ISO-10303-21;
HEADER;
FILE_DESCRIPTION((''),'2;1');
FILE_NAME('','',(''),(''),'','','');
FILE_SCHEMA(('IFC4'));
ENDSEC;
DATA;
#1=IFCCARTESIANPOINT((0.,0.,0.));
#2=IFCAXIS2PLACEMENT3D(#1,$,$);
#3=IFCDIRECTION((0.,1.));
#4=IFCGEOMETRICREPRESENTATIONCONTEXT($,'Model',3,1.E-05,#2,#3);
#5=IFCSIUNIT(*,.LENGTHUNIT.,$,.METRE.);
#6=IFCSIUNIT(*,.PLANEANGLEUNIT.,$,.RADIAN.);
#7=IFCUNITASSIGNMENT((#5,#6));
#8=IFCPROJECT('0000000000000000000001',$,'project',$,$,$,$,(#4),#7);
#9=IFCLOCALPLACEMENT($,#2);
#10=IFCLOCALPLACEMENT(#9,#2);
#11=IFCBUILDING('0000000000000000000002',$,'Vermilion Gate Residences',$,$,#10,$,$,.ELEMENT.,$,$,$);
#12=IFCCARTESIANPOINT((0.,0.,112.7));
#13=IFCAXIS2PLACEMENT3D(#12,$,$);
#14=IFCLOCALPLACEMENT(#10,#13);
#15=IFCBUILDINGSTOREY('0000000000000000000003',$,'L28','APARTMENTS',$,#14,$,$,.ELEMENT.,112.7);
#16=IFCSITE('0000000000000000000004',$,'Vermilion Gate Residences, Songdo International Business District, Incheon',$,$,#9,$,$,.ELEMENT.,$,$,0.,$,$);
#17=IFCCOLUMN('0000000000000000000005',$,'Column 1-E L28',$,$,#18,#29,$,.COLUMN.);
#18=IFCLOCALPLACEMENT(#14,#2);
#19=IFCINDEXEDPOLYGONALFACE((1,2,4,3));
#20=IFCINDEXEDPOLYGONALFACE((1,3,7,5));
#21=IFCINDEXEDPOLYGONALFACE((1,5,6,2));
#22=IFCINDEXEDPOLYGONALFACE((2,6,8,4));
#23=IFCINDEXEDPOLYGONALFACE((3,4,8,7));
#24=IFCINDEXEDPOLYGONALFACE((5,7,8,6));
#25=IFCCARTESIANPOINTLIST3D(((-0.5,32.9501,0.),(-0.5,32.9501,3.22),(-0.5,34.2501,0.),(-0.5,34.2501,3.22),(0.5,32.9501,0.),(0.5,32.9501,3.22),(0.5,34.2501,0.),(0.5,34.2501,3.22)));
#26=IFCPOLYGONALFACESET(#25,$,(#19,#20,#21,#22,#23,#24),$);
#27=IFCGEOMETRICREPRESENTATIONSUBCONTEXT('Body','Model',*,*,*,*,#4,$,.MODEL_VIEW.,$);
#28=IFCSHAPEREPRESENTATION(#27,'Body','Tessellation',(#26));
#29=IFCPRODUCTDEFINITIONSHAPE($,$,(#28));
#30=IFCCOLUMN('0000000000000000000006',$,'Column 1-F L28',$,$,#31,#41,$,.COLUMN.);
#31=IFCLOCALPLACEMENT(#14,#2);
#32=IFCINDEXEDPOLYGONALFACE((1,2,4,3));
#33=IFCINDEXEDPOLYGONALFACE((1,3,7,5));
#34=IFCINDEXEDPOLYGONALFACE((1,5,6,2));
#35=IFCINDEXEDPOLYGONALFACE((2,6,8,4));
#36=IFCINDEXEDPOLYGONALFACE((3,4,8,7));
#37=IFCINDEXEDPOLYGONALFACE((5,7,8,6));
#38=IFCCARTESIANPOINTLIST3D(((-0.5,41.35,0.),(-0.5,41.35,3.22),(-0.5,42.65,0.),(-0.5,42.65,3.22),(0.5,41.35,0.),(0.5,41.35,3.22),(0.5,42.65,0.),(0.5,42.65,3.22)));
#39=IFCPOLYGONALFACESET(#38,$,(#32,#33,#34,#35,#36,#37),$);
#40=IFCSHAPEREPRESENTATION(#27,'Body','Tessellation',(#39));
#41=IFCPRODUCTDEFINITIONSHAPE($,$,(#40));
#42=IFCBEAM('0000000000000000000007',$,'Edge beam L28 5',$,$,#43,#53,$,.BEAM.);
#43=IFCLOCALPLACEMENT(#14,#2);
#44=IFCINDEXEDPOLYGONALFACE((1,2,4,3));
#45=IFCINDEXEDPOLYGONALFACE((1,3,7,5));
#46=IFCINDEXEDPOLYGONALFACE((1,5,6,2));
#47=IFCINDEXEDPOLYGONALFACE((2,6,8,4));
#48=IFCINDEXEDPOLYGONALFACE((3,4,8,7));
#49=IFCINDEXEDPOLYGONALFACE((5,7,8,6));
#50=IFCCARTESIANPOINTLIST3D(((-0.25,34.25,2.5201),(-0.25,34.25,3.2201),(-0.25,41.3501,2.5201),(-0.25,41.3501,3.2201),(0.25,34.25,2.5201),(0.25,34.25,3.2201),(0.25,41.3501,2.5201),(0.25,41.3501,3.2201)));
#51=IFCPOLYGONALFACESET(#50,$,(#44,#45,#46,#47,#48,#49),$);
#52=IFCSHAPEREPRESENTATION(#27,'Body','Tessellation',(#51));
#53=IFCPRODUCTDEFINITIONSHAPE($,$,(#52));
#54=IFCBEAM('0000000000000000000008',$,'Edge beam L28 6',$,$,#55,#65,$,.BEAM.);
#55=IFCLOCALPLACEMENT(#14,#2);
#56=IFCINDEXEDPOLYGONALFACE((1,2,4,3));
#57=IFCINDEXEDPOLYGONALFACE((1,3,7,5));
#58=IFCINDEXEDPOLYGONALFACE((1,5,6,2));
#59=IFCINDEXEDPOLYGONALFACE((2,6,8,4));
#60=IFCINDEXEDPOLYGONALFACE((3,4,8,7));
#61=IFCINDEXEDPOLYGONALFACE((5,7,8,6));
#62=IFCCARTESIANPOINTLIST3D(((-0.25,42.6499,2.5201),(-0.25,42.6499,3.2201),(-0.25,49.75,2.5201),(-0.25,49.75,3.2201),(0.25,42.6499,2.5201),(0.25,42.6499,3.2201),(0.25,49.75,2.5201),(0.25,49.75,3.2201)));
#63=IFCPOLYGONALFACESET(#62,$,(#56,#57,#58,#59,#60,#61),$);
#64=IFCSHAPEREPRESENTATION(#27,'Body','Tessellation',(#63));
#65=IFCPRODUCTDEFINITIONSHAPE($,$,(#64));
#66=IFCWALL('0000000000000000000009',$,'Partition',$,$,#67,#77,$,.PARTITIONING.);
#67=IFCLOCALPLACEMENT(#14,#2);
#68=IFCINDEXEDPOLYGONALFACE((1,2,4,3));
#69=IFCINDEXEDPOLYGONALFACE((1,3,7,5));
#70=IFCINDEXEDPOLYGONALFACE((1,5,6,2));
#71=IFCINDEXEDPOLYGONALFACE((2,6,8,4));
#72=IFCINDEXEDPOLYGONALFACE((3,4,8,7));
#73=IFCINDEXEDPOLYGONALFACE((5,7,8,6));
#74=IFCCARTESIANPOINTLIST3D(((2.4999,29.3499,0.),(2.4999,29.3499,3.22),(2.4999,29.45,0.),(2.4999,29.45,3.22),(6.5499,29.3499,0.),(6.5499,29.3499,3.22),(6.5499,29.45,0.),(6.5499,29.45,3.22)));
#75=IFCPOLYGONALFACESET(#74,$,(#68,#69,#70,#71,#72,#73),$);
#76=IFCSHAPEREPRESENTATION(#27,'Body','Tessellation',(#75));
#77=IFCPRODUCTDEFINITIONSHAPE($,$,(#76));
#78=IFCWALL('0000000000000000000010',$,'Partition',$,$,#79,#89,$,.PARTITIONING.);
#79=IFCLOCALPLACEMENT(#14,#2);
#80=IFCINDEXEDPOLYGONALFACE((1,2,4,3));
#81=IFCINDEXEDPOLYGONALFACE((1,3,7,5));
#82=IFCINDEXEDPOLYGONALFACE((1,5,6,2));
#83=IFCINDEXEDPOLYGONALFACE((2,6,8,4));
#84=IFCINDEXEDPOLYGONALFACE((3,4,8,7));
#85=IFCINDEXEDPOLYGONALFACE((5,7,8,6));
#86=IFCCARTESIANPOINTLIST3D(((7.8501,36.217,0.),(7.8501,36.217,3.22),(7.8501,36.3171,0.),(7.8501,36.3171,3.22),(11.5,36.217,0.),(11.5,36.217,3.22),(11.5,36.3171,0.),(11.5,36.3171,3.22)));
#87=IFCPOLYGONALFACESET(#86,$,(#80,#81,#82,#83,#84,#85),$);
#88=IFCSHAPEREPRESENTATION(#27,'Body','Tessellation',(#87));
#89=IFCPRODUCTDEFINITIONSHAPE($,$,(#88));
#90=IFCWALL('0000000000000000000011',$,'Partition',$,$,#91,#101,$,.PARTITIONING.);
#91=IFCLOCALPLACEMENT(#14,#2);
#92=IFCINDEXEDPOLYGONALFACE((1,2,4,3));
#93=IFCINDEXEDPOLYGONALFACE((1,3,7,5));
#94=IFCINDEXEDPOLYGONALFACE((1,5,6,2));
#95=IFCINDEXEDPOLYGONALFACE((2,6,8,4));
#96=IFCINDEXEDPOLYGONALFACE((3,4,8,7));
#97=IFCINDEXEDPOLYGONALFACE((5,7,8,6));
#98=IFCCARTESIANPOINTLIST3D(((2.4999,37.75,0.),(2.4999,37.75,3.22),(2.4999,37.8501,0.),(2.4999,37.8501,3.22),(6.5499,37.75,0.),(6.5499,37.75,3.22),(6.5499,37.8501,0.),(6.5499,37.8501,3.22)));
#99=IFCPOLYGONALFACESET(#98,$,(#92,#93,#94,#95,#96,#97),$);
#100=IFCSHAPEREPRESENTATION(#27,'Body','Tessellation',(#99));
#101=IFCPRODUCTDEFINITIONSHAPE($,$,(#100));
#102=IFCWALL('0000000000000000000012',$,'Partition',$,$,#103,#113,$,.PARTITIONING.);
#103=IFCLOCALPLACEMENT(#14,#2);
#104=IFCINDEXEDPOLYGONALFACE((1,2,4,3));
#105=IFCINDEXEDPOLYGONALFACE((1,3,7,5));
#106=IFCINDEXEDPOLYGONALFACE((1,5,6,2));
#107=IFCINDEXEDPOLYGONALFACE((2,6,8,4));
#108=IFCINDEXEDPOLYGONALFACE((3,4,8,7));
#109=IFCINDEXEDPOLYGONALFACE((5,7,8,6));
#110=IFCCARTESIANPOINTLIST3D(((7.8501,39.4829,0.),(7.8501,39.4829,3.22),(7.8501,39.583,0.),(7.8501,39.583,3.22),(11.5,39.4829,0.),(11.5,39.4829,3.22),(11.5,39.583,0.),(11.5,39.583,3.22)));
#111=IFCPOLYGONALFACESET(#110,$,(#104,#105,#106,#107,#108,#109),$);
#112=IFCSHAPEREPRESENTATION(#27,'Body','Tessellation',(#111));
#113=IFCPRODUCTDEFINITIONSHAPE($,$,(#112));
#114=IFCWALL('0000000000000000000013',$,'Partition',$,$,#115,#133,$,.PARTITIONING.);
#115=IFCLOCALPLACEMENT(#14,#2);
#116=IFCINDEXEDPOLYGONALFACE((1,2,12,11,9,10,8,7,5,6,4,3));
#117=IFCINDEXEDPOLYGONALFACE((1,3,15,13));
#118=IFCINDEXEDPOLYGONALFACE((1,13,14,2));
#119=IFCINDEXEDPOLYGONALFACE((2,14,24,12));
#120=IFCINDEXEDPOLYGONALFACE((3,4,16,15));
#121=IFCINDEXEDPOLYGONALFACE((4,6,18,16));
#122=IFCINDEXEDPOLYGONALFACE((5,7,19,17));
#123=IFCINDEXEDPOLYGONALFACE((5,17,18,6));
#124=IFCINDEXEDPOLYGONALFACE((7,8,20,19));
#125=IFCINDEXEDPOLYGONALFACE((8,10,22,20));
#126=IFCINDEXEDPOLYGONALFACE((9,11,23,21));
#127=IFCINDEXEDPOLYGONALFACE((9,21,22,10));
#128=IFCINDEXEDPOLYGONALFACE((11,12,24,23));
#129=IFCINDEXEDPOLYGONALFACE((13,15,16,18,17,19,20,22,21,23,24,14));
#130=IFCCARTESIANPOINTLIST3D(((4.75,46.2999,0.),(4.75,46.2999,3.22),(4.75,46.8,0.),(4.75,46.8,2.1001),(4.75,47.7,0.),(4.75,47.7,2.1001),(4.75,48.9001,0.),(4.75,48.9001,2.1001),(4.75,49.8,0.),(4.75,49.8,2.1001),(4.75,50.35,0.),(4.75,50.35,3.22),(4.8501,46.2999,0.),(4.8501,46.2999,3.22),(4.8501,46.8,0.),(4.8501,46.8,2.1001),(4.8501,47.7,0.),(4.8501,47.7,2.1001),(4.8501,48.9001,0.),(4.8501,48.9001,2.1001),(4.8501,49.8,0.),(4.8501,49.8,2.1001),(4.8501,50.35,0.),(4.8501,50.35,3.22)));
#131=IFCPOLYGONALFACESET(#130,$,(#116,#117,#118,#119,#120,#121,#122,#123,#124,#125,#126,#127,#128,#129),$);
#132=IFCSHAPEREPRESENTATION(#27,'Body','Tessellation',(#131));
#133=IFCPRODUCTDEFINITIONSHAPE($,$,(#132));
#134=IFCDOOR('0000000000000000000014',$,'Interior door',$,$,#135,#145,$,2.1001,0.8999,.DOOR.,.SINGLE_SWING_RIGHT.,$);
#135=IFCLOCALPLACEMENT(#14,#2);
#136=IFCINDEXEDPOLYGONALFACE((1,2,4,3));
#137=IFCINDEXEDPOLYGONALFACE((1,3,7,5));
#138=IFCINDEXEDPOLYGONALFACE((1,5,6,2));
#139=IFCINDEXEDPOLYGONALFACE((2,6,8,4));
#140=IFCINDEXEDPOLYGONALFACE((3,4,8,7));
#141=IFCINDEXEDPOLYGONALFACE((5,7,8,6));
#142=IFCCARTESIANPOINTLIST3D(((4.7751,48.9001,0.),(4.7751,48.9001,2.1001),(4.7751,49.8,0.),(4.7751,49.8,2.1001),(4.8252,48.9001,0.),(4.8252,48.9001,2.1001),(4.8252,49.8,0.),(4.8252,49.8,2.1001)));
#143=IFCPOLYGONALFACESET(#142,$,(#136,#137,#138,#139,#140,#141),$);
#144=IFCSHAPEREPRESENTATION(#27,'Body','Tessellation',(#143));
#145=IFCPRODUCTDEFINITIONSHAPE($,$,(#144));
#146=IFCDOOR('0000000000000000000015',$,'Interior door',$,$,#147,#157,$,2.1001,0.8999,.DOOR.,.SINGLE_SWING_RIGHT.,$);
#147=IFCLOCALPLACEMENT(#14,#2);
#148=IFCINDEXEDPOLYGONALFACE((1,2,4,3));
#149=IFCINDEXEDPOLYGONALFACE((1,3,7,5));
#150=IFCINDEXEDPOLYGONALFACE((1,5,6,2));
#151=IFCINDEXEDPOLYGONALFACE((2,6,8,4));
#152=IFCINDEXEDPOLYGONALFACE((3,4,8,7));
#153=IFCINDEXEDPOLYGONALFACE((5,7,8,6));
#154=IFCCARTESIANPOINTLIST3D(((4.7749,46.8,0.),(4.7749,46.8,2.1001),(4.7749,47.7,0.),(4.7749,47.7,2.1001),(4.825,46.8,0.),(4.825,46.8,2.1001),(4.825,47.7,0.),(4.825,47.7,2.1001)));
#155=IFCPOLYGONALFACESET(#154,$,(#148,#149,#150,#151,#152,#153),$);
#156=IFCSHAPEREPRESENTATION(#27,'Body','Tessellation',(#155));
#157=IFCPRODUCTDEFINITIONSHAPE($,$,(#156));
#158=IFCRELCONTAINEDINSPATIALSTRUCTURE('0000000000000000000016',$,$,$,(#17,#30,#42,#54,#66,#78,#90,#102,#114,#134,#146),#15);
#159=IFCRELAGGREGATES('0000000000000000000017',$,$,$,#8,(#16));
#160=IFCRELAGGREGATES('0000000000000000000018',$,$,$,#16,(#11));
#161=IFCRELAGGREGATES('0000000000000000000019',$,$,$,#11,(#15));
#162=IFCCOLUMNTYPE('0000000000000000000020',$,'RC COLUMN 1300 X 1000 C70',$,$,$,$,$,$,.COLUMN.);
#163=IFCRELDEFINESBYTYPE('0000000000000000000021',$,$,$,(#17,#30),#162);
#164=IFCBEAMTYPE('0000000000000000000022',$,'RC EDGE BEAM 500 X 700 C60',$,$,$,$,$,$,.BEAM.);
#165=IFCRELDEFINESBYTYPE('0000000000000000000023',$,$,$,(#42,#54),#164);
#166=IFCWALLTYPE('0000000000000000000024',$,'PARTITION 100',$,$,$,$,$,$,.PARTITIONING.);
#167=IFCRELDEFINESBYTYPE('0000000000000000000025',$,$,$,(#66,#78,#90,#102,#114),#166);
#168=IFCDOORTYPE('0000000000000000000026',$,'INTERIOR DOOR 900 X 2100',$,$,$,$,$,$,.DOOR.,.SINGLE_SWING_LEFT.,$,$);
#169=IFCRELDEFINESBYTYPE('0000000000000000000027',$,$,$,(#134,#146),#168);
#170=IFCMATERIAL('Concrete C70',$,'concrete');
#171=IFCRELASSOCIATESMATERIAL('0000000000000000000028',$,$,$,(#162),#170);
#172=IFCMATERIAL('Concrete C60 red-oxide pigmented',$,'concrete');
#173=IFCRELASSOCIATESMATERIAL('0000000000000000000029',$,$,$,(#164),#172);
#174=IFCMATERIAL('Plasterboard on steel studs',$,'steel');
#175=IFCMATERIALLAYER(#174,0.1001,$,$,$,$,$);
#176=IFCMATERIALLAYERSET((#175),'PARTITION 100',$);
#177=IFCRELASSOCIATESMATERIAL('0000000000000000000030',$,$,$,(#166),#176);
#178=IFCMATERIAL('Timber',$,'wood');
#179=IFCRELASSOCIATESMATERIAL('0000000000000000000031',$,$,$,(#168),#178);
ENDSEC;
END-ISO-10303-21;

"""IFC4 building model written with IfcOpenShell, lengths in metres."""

from ifc_helpers import new_model, si_unit, direction, frame, frame_2d, origin, origin_2d, place, context, subcontext, project, spatial, rectangle, extrude, material, layer, layer_set, material_profile, profile_set, type_object, element, fill, save


model = new_model("IFC4")

# Units and contexts
model_context = context("Model", 3, precision=1e-05, world=origin(), true_north=direction((0.0, 1.0)))
body_context = subcontext(model_context, "Body", "Model", "MODEL_VIEW")
ifc_project = project(units=[si_unit("LENGTHUNIT", "METRE"), si_unit("PLANEANGLEUNIT", "RADIAN")], contexts=[model_context])

# Site, building, storey
site_placement = place(None, origin())
site = spatial("IfcSite", under=ifc_project, at=site_placement, Name="Vermilion Gate Residences, Songdo International Business District, Incheon", CompositionType="ELEMENT", RefElevation=0.0)
building_placement = place(site_placement, origin())
building = spatial("IfcBuilding", under=site, at=building_placement, Name="Vermilion Gate Residences", CompositionType="ELEMENT")
storey_placement = place(building_placement, frame((0.0, 0.0, 112.7)))
storey = spatial("IfcBuildingStorey", under=building, at=storey_placement, Name="L28", Description="APARTMENTS", CompositionType="ELEMENT", Elevation=112.7)

# Columns
ifc_material_1 = material(Name="Concrete C70", Category="concrete")
ifc_material_profile_1 = material_profile(ifc_material_1, rectangle(XDim=1.3, YDim=1.0, at=origin_2d()), Name="RC-1300x1000")
ifc_profile_set_1 = profile_set([ifc_material_profile_1], Name="Concrete C70")
column_type = type_object("IfcColumnType", Name="RC COLUMN 1300 X 1000 C70", PredefinedType="COLUMN", material=ifc_profile_set_1)
for number, where, z_axis, x_axis, name in (
    (1, (0.0, 33.6001, 0.0), (0.0, 0.0, 1.0), (0.0, 1.0, 0.0), "Column 1-E L28"),
    (2, (0.0, 42.0, 0.0), (0.0, 0.0, 1.0), (0.0, 1.0, 0.0), "Column 1-F L28"),
):
    element("IfcColumn", number, at=place(storey_placement, frame(where, z_axis=z_axis, x_axis=x_axis)), inside=storey, type_object=column_type, Name=name, PredefinedType="COLUMN", context=body_context, shape_type="SweptSolid", body=[
        extrude(rectangle(XDim=1.3, YDim=1.0, at=origin_2d()), origin(), (0.0, 0.0, 1.0), 3.22),
    ])

# Beams
ifc_material_2 = material(Name="Concrete C60 red-oxide pigmented", Category="concrete")
ifc_material_profile_2 = material_profile(ifc_material_2, rectangle(XDim=0.5, YDim=0.7, at=origin_2d()), Name="RC-500x700")
ifc_profile_set_2 = profile_set([ifc_material_profile_2], Name="Concrete C60 red-oxide pigmented")
beam_type = type_object("IfcBeamType", Name="RC EDGE BEAM 500 X 700 C60", PredefinedType="BEAM", material=ifc_profile_set_2)
for number, where, z_axis, x_axis, name in (
    (3, (0.0, 34.25, 2.8701), (0.0, 1.0, 0.0), (-1.0, 0.0, 0.0), "Edge beam L28 5"),
    (4, (0.0, 42.6499, 2.8701), (0.0, 1.0, 0.0), (-1.0, 0.0, 0.0), "Edge beam L28 6"),
):
    element("IfcBeam", number, at=place(storey_placement, frame(where, z_axis=z_axis, x_axis=x_axis)), inside=storey, type_object=beam_type, Name=name, PredefinedType="BEAM", context=body_context, shape_type="SweptSolid", body=[
        extrude(rectangle(XDim=0.5, YDim=0.7, at=origin_2d()), origin(), (0.0, 0.0, 1.0), 7.1001),
    ])

# Walls
ifc_material_3 = material(Name="Plasterboard on steel studs", Category="steel")
ifc_layer_1 = layer(ifc_material_3, 0.1001)
ifc_layer_set_1 = layer_set([ifc_layer_1], Name="PARTITION 100")
wall_type_1 = type_object("IfcWallType", Name="PARTITION 100", PredefinedType="PARTITIONING", material=ifc_layer_set_1)
wall_1_placement = place(storey_placement, frame((2.5, 29.3999, 0.0), z_axis=(0.0, 0.0, 1.0), x_axis=(1.0, 0.0, 0.0)))
element("IfcWall", 5, at=wall_1_placement, inside=storey, type_object=wall_type_1, Name="Partition", PredefinedType="PARTITIONING", context=body_context, shape_type="SweptSolid", body=[
    extrude(rectangle(XDim=4.05, YDim=0.1001, at=frame_2d((2.0249, 0.0))), origin(), (0.0, 0.0, 1.0), 3.22),
])
wall_2_placement = place(storey_placement, frame((7.8501, 36.2671, 0.0), z_axis=(0.0, 0.0, 1.0), x_axis=(1.0, 0.0, 0.0)))
element("IfcWall", 6, at=wall_2_placement, inside=storey, type_object=wall_type_1, Name="Partition", PredefinedType="PARTITIONING", context=body_context, shape_type="SweptSolid", body=[
    extrude(rectangle(XDim=3.6499, YDim=0.1001, at=frame_2d((1.825, 0.0))), origin(), (0.0, 0.0, 1.0), 3.22),
])
wall_3_placement = place(storey_placement, frame((2.5, 37.8, 0.0), z_axis=(0.0, 0.0, 1.0), x_axis=(1.0, 0.0, 0.0)))
element("IfcWall", 7, at=wall_3_placement, inside=storey, type_object=wall_type_1, Name="Partition", PredefinedType="PARTITIONING", context=body_context, shape_type="SweptSolid", body=[
    extrude(rectangle(XDim=4.05, YDim=0.1001, at=frame_2d((2.0249, 0.0))), origin(), (0.0, 0.0, 1.0), 3.22),
])
wall_4_placement = place(storey_placement, frame((7.8501, 39.533, 0.0), z_axis=(0.0, 0.0, 1.0), x_axis=(1.0, 0.0, 0.0)))
element("IfcWall", 8, at=wall_4_placement, inside=storey, type_object=wall_type_1, Name="Partition", PredefinedType="PARTITIONING", context=body_context, shape_type="SweptSolid", body=[
    extrude(rectangle(XDim=3.6499, YDim=0.1001, at=frame_2d((1.825, 0.0))), origin(), (0.0, 0.0, 1.0), 3.22),
])

# Wall, openings, doors
wall_5_placement = place(storey_placement, frame((4.8, 46.3, 0.0), z_axis=(0.0, 0.0, 1.0), x_axis=(0.0, 1.0, 0.0)))
wall_5 = element("IfcWall", 9, at=wall_5_placement, inside=storey, type_object=wall_type_1, Name="Partition", PredefinedType="PARTITIONING", context=body_context, shape_type="SweptSolid", body=[
    extrude(rectangle(XDim=4.05, YDim=0.1001, at=frame_2d((2.0249, 0.0))), origin(), (0.0, 0.0, 1.0), 3.22),
])
opening_1_placement = place(wall_5_placement, frame((2.6001, 0.0, 0.0)))
opening_1 = element("IfcOpeningElement", 10, at=opening_1_placement, cuts=wall_5, PredefinedType="OPENING", context=body_context, shape_type="SweptSolid", body=[
    extrude(rectangle(XDim=0.8999, YDim=2.1001, at=frame_2d((0.45, 1.05))), frame((0.0, 0.0601, 0.0), z_axis=(0.0, -1.0, 0.0), x_axis=(1.0, 0.0, 0.0)), (0.0, 0.0, 1.0), 0.1201),
])
opening_2_placement = place(wall_5_placement, frame((0.5, 0.0, 0.0)))
opening_2 = element("IfcOpeningElement", 11, at=opening_2_placement, cuts=wall_5, PredefinedType="OPENING", context=body_context, shape_type="SweptSolid", body=[
    extrude(rectangle(XDim=0.8999, YDim=2.1001, at=frame_2d((0.45, 1.05))), frame((0.0, 0.0601, 0.0), z_axis=(0.0, -1.0, 0.0), x_axis=(1.0, 0.0, 0.0)), (0.0, 0.0, 1.0), 0.1201),
])
ifc_material_4 = material(Name="Timber", Category="wood")
door_type_1 = type_object("IfcDoorType", Name="INTERIOR DOOR 900 X 2100", OperationType="SINGLE_SWING_LEFT", PredefinedType="DOOR", material=ifc_material_4)
door_1_placement = place(opening_1_placement, origin())
door_1 = element("IfcDoor", 12, at=door_1_placement, inside=storey, type_object=door_type_1, Name="Interior door", OperationType="SINGLE_SWING_RIGHT", OverallHeight=2.1001, OverallWidth=0.8999, PredefinedType="DOOR", context=body_context, shape_type="SweptSolid", body=[
    extrude(rectangle(XDim=0.8999, YDim=2.1001, at=frame_2d((0.45, 1.05))), frame((0.0, 0.0249, 0.0), z_axis=(0.0, -1.0, 0.0), x_axis=(1.0, 0.0, 0.0)), (0.0, 0.0, 1.0), 0.05),
])
fill(opening_1, door_1)
door_2_placement = place(opening_2_placement, frame((0.8999, 0.0, 0.0), z_axis=(0.0, 0.0, 1.0), x_axis=(-1.0, 0.0, 0.0)))
door_2 = element("IfcDoor", 13, at=door_2_placement, inside=storey, type_object=door_type_1, Name="Interior door", OperationType="SINGLE_SWING_RIGHT", OverallHeight=2.1001, OverallWidth=0.8999, PredefinedType="DOOR", context=body_context, shape_type="SweptSolid", body=[
    extrude(rectangle(XDim=0.8999, YDim=2.1001, at=frame_2d((0.45, 1.05))), frame((0.0, 0.0249, 0.0), z_axis=(0.0, -1.0, 0.0), x_axis=(1.0, 0.0, 0.0)), (0.0, 0.0, 1.0), 0.05),
])
fill(opening_2, door_2)

save(model, "model.ifc")
